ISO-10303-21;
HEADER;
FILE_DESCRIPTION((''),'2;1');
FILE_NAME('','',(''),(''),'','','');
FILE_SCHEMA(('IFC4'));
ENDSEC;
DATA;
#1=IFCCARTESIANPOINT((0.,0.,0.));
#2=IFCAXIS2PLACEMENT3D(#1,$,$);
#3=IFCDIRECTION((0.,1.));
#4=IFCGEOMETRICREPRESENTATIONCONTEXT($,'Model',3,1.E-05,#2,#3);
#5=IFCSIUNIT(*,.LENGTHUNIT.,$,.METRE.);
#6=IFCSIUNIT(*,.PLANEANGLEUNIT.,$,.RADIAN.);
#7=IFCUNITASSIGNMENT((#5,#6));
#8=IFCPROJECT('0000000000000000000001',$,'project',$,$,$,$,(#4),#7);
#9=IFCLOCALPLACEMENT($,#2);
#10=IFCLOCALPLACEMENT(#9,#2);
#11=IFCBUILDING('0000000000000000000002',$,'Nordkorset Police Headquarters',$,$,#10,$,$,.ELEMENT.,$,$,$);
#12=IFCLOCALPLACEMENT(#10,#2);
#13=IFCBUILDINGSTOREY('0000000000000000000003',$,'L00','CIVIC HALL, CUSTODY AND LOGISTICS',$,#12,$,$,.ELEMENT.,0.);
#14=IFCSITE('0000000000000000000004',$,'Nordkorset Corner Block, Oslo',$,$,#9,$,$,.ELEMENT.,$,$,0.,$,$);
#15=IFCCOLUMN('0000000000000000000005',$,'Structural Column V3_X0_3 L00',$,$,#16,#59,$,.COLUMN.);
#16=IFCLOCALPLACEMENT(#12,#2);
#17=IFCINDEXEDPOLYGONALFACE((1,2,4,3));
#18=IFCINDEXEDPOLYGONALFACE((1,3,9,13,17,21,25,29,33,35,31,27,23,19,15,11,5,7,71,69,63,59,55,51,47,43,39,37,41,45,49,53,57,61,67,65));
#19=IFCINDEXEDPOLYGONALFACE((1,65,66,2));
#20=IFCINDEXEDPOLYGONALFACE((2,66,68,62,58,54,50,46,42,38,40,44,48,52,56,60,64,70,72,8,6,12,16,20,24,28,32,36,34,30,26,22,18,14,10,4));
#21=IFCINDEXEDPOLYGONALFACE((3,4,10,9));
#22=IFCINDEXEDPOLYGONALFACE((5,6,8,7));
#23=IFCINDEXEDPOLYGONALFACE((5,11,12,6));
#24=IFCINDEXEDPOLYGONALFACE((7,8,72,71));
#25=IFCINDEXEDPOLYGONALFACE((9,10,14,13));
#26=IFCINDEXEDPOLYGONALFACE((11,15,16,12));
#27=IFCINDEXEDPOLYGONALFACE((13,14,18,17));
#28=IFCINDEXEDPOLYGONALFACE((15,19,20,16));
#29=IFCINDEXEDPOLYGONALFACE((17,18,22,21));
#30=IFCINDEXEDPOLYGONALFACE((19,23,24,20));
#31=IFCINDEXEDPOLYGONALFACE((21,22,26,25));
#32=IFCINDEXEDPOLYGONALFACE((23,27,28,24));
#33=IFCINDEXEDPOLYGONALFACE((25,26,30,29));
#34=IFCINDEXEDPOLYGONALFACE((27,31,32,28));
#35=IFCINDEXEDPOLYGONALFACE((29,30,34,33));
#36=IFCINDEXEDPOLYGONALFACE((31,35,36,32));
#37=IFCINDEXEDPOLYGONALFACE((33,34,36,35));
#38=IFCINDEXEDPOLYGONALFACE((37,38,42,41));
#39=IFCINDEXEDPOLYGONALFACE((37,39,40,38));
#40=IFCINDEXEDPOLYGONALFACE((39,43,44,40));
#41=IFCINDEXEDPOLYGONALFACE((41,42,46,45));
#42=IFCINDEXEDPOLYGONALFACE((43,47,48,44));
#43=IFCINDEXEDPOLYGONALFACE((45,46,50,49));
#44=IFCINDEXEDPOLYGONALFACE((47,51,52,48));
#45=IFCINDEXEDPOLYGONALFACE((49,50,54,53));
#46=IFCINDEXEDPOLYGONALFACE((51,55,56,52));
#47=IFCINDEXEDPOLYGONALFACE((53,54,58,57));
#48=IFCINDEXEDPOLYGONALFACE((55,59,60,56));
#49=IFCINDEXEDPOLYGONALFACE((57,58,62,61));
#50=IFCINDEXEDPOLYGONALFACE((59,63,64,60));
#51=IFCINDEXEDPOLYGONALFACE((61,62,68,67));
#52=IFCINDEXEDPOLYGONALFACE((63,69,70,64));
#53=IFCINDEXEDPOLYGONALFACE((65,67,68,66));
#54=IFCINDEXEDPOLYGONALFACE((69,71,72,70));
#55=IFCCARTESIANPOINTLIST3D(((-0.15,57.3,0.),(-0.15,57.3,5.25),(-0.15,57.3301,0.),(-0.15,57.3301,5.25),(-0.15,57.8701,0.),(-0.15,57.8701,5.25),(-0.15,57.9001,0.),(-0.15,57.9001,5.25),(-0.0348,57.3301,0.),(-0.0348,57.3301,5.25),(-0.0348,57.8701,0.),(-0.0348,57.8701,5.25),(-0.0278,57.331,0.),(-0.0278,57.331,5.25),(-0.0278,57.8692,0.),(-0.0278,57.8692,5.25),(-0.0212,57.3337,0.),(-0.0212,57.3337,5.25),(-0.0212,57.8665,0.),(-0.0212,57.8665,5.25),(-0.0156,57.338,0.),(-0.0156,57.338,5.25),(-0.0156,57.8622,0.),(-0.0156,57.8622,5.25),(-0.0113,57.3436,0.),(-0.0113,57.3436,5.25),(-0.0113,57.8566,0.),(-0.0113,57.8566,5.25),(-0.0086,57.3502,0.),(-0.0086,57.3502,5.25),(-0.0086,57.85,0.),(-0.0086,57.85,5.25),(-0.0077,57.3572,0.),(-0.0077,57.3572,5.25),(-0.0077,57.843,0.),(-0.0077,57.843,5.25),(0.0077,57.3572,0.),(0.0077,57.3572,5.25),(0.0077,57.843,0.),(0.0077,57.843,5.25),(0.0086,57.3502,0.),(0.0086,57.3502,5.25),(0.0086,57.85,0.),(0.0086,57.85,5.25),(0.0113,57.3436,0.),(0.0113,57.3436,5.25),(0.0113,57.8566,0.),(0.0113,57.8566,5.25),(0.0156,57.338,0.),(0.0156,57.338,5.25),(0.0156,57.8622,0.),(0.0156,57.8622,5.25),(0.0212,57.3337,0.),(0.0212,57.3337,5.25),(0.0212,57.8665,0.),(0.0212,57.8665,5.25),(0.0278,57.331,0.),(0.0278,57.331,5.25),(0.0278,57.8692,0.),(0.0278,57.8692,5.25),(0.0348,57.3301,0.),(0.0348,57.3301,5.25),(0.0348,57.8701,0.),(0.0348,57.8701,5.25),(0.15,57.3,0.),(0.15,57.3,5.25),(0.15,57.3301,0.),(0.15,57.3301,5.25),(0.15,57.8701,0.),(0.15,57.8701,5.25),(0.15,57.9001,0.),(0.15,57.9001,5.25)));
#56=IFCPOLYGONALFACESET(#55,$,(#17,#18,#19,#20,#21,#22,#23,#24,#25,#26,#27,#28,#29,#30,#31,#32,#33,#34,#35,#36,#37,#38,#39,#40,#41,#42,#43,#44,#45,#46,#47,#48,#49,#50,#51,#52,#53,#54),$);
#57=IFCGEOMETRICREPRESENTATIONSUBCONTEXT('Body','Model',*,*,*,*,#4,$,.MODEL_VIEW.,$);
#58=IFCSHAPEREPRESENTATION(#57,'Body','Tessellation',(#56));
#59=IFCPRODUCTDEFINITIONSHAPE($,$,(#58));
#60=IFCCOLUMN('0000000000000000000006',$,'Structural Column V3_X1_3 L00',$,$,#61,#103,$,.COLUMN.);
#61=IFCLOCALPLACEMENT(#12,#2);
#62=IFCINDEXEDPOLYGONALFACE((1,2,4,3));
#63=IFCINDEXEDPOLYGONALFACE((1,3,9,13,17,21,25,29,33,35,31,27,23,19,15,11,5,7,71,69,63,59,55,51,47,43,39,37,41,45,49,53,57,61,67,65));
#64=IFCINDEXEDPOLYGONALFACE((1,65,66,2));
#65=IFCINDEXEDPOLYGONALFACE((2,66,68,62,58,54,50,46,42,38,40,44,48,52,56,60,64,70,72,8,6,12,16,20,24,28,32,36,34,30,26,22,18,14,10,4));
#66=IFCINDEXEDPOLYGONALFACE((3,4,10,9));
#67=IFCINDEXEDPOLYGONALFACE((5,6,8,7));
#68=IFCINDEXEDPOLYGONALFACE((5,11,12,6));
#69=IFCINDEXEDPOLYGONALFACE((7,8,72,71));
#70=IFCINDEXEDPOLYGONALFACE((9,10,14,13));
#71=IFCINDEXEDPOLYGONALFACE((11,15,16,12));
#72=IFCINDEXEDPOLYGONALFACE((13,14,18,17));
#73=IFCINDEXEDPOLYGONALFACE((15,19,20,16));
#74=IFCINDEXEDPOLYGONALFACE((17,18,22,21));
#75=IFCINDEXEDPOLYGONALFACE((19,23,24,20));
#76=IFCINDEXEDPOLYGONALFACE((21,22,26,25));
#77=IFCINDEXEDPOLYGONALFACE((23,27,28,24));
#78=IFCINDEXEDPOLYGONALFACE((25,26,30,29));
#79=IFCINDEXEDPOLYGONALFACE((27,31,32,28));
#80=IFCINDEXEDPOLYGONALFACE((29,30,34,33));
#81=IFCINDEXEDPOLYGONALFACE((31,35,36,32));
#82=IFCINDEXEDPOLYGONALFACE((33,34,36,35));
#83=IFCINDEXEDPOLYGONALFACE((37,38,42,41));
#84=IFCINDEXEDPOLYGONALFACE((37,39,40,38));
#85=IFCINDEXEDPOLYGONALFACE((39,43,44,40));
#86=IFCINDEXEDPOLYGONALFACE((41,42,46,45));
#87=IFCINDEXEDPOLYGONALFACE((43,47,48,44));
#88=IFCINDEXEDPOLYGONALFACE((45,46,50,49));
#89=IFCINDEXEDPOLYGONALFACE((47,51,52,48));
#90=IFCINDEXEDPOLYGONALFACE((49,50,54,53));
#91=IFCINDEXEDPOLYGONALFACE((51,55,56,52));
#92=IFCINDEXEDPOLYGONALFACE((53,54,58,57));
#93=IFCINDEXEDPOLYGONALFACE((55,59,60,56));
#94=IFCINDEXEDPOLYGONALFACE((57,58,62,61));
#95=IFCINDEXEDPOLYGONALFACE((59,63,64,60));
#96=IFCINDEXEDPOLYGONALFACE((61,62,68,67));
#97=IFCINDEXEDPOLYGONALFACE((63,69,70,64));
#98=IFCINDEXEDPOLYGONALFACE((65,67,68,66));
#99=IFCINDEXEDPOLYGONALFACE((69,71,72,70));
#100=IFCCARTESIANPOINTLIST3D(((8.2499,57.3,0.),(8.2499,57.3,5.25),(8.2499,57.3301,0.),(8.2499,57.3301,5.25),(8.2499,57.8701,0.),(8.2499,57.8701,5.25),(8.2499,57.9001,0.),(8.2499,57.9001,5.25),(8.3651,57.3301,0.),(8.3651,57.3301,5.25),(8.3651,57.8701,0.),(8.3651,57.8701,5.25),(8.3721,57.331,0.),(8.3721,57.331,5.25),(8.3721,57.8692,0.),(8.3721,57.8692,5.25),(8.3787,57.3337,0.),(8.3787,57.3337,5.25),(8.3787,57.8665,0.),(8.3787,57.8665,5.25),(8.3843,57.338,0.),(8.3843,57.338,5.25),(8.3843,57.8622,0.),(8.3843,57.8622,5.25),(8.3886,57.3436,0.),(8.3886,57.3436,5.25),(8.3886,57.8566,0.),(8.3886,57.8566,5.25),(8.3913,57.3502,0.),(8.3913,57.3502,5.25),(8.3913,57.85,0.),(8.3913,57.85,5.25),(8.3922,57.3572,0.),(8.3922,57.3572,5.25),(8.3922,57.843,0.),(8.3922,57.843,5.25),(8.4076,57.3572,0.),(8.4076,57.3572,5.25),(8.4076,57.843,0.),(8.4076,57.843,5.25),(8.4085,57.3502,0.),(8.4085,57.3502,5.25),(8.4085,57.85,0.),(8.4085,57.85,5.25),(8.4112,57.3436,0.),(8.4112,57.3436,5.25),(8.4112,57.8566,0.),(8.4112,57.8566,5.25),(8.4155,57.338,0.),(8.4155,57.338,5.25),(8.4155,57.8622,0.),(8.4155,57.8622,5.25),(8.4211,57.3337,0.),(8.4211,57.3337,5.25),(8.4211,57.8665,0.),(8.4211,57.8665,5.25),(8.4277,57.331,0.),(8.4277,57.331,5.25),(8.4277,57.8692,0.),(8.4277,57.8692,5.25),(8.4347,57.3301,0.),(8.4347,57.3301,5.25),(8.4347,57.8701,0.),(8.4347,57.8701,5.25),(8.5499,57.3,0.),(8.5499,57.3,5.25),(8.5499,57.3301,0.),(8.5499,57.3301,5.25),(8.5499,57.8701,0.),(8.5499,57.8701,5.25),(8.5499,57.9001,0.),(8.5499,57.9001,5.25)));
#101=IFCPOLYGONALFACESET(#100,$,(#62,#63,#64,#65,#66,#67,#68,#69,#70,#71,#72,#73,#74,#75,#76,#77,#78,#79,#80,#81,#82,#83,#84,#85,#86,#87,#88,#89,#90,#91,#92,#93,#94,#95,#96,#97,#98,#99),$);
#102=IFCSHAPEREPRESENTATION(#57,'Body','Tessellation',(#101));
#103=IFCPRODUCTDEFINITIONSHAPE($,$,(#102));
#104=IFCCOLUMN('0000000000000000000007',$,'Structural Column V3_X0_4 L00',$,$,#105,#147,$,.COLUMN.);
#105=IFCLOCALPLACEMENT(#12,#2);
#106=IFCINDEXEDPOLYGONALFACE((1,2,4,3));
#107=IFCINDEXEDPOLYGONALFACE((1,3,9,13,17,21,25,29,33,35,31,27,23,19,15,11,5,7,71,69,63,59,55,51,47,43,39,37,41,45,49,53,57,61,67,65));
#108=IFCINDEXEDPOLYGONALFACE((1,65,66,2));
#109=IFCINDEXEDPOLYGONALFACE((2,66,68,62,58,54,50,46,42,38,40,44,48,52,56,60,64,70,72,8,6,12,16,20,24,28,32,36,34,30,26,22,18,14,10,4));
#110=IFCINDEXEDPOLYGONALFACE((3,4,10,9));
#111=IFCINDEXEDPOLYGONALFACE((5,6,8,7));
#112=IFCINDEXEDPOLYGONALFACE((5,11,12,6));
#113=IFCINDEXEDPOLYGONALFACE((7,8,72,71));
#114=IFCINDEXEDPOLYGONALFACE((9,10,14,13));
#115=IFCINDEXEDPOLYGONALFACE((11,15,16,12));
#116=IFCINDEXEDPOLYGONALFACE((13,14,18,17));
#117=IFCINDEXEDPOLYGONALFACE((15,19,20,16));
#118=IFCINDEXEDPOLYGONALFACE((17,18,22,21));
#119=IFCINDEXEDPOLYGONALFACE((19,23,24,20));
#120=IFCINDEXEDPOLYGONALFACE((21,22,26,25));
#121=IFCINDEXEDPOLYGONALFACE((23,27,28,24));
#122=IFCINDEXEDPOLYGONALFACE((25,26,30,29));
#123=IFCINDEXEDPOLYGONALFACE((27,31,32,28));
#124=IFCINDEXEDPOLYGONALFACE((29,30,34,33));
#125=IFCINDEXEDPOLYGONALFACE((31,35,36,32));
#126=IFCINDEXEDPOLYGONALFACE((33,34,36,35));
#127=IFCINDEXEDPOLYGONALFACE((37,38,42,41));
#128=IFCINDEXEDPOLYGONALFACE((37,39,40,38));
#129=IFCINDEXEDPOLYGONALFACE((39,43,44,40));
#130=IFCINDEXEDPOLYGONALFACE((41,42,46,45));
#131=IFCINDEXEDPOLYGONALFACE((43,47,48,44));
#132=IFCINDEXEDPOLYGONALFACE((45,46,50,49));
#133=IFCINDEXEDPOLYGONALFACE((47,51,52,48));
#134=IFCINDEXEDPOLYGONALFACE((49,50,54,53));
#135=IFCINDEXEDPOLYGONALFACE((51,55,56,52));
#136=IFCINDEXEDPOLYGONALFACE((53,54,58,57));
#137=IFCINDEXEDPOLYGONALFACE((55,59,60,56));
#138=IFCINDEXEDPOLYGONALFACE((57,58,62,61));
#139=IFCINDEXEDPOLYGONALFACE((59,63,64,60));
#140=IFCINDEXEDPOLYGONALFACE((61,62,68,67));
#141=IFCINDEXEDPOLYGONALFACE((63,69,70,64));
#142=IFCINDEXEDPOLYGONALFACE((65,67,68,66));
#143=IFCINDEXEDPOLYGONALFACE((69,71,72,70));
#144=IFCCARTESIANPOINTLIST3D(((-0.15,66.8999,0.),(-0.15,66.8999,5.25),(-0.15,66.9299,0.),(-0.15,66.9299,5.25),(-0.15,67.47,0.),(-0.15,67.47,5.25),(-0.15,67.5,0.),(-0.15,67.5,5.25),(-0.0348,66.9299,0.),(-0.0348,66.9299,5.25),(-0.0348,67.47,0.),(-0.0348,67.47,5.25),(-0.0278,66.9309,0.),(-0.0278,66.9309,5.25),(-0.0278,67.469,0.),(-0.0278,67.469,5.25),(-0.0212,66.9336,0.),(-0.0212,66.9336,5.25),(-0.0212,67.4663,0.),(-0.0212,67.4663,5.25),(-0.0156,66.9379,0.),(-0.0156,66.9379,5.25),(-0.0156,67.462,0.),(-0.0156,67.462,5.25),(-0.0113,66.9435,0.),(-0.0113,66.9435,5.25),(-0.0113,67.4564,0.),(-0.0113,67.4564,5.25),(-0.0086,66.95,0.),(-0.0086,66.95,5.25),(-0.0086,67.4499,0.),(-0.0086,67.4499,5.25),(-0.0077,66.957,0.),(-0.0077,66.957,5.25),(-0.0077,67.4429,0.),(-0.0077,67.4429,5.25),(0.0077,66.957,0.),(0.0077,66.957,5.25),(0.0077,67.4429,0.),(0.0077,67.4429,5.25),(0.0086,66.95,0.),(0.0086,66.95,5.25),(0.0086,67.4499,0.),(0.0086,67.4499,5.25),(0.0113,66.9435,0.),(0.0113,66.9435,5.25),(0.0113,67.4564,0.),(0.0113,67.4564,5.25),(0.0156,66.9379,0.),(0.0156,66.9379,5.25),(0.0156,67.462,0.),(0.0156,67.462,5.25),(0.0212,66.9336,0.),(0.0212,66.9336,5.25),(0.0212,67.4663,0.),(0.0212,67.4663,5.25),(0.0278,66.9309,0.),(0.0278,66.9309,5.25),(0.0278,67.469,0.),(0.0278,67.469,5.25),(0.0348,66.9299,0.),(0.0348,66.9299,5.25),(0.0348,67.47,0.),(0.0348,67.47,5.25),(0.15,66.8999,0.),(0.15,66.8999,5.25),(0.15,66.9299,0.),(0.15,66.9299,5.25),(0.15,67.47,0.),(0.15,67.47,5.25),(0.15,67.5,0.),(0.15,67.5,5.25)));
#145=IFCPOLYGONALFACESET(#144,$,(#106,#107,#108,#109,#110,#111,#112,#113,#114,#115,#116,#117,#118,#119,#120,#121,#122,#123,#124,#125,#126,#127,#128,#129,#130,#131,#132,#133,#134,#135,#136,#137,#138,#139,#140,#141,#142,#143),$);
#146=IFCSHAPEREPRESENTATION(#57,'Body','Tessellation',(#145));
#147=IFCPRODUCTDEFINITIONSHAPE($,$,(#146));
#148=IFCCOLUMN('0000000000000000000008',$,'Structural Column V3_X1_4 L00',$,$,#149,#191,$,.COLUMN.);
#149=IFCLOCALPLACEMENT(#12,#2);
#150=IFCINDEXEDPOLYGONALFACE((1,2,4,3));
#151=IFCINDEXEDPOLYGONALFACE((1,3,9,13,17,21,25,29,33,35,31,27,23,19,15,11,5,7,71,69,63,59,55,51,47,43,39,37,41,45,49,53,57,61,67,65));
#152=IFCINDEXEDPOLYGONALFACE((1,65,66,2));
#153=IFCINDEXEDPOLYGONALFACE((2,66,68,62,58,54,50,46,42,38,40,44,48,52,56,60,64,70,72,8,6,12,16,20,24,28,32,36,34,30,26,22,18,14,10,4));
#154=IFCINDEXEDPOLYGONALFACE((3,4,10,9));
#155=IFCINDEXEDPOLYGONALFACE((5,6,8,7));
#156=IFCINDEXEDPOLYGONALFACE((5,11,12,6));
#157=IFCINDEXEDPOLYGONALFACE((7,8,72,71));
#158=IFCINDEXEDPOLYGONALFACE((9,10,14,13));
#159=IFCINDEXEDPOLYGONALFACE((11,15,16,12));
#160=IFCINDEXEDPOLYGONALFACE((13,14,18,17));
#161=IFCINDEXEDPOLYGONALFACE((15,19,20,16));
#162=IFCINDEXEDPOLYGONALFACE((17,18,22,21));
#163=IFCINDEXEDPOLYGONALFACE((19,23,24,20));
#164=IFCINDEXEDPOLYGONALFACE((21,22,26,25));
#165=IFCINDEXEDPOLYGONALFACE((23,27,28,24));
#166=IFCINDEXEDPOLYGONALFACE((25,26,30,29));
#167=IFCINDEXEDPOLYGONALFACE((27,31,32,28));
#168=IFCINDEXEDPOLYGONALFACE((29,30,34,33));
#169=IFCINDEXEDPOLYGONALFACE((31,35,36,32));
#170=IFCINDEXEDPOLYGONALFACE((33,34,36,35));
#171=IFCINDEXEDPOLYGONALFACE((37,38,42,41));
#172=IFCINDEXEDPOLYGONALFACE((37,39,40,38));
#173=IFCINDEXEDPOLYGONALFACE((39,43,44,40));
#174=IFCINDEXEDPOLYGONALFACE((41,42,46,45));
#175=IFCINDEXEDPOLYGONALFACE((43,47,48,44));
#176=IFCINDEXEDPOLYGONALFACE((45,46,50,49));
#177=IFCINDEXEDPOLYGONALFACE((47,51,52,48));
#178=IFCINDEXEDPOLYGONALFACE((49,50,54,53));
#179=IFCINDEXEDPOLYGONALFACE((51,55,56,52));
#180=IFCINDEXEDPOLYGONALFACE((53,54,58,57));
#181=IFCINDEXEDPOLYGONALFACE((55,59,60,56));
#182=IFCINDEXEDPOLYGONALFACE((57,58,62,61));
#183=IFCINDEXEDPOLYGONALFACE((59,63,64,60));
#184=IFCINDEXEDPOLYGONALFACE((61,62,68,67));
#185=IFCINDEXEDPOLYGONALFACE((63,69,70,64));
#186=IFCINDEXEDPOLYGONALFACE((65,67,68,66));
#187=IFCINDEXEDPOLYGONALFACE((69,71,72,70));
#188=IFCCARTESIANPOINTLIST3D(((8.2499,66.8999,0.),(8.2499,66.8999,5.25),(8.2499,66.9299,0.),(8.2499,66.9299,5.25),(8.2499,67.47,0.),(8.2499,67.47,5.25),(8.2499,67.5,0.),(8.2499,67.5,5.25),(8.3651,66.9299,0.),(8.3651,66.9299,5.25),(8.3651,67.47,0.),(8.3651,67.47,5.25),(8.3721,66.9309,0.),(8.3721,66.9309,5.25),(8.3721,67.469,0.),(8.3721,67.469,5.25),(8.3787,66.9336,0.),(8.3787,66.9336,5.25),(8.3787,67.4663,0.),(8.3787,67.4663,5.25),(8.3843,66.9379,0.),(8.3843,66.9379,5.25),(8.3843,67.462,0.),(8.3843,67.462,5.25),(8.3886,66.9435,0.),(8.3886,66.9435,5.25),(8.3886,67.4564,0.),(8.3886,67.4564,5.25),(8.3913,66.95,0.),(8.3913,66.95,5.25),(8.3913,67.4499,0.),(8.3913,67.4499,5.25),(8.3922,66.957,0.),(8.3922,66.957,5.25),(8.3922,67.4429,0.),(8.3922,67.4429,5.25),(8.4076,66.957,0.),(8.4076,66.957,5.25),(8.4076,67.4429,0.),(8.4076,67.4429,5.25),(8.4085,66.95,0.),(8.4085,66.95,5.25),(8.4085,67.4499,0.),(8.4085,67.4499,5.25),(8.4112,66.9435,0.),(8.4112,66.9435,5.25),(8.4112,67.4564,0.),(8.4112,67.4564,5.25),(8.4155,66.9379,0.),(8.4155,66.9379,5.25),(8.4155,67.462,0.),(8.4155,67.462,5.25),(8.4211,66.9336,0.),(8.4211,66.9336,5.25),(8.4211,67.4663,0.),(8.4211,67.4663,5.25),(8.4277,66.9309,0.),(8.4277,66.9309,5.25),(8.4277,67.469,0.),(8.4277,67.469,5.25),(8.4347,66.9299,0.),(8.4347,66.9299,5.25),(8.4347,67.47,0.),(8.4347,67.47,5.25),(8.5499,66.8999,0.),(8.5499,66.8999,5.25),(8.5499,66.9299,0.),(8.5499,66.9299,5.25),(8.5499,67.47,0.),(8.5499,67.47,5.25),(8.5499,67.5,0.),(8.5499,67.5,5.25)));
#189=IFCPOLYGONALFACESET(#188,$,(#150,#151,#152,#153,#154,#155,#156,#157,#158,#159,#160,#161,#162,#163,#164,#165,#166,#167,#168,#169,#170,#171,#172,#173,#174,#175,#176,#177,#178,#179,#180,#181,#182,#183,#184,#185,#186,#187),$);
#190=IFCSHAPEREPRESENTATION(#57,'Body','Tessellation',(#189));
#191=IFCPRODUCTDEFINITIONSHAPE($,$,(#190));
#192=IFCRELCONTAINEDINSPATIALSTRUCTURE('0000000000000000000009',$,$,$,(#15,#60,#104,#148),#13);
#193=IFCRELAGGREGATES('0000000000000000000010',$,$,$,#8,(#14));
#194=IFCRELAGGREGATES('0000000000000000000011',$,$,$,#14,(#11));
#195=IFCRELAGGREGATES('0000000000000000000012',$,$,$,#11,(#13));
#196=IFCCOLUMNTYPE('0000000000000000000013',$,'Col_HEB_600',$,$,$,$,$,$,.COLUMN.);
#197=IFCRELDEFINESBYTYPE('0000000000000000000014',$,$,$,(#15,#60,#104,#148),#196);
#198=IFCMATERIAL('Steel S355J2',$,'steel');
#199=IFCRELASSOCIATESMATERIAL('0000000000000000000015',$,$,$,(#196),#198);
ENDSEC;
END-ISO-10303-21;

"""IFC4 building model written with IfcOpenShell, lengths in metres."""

from ifc_helpers import new_model, si_unit, direction, frame, origin, origin_2d, place, context, subcontext, project, spatial, i_section, extrude, material, material_profile, profile_set, type_object, element, save


model = new_model("IFC4")

# Units and contexts
model_context = context("Model", 3, precision=1e-05, world=origin(), true_north=direction((0.0, 1.0)))
body_context = subcontext(model_context, "Body", "Model", "MODEL_VIEW")
ifc_project = project(units=[si_unit("LENGTHUNIT", "METRE"), si_unit("PLANEANGLEUNIT", "RADIAN")], contexts=[model_context])

# Site, building, storey
site_placement = place(None, origin())
site = spatial("IfcSite", under=ifc_project, at=site_placement, Name="Nordkorset Corner Block, Oslo", CompositionType="ELEMENT", RefElevation=0.0)
building_placement = place(site_placement, origin())
building = spatial("IfcBuilding", under=site, at=building_placement, Name="Nordkorset Police Headquarters", CompositionType="ELEMENT")
storey_placement = place(building_placement, origin())
storey = spatial("IfcBuildingStorey", under=building, at=storey_placement, Name="L00", Description="CIVIC HALL, CUSTODY AND LOGISTICS", CompositionType="ELEMENT", Elevation=0.0)

# Columns
ifc_material_1 = material(Name="Steel S355J2", Category="steel")
ifc_material_profile_1 = material_profile(ifc_material_1, i_section(OverallWidth=0.3, OverallDepth=0.6001, WebThickness=0.0154, FlangeThickness=0.03, FilletRadius=0.0271, at=origin_2d()), Name="HEB 600")
ifc_profile_set_1 = profile_set([ifc_material_profile_1], Name="Steel S355J2")
column_type = type_object("IfcColumnType", Name="Col_HEB_600", PredefinedType="COLUMN", material=ifc_profile_set_1)
for number, where, z_axis, x_axis, name in (
    (1, (0.0, 57.6001, 0.0), (0.0, 0.0, 1.0), (1.0, 0.0, 0.0), "Structural Column V3_X0_3 L00"),
    (2, (8.3999, 57.6001, 0.0), (0.0, 0.0, 1.0), (1.0, 0.0, 0.0), "Structural Column V3_X1_3 L00"),
    (3, (0.0, 67.2, 0.0), (0.0, 0.0, 1.0), (1.0, 0.0, 0.0), "Structural Column V3_X0_4 L00"),
    (4, (8.3999, 67.2, 0.0), (0.0, 0.0, 1.0), (1.0, 0.0, 0.0), "Structural Column V3_X1_4 L00"),
):
    element("IfcColumn", number, at=place(storey_placement, frame(where, z_axis=z_axis, x_axis=x_axis)), inside=storey, type_object=column_type, Name=name, PredefinedType="COLUMN", context=body_context, shape_type="SweptSolid", body=[
        extrude(i_section(OverallWidth=0.3, OverallDepth=0.6001, WebThickness=0.0154, FlangeThickness=0.03, FilletRadius=0.0271, at=origin_2d()), origin(), (0.0, 0.0, 1.0), 5.25),
    ])

save(model, "model.ifc")
